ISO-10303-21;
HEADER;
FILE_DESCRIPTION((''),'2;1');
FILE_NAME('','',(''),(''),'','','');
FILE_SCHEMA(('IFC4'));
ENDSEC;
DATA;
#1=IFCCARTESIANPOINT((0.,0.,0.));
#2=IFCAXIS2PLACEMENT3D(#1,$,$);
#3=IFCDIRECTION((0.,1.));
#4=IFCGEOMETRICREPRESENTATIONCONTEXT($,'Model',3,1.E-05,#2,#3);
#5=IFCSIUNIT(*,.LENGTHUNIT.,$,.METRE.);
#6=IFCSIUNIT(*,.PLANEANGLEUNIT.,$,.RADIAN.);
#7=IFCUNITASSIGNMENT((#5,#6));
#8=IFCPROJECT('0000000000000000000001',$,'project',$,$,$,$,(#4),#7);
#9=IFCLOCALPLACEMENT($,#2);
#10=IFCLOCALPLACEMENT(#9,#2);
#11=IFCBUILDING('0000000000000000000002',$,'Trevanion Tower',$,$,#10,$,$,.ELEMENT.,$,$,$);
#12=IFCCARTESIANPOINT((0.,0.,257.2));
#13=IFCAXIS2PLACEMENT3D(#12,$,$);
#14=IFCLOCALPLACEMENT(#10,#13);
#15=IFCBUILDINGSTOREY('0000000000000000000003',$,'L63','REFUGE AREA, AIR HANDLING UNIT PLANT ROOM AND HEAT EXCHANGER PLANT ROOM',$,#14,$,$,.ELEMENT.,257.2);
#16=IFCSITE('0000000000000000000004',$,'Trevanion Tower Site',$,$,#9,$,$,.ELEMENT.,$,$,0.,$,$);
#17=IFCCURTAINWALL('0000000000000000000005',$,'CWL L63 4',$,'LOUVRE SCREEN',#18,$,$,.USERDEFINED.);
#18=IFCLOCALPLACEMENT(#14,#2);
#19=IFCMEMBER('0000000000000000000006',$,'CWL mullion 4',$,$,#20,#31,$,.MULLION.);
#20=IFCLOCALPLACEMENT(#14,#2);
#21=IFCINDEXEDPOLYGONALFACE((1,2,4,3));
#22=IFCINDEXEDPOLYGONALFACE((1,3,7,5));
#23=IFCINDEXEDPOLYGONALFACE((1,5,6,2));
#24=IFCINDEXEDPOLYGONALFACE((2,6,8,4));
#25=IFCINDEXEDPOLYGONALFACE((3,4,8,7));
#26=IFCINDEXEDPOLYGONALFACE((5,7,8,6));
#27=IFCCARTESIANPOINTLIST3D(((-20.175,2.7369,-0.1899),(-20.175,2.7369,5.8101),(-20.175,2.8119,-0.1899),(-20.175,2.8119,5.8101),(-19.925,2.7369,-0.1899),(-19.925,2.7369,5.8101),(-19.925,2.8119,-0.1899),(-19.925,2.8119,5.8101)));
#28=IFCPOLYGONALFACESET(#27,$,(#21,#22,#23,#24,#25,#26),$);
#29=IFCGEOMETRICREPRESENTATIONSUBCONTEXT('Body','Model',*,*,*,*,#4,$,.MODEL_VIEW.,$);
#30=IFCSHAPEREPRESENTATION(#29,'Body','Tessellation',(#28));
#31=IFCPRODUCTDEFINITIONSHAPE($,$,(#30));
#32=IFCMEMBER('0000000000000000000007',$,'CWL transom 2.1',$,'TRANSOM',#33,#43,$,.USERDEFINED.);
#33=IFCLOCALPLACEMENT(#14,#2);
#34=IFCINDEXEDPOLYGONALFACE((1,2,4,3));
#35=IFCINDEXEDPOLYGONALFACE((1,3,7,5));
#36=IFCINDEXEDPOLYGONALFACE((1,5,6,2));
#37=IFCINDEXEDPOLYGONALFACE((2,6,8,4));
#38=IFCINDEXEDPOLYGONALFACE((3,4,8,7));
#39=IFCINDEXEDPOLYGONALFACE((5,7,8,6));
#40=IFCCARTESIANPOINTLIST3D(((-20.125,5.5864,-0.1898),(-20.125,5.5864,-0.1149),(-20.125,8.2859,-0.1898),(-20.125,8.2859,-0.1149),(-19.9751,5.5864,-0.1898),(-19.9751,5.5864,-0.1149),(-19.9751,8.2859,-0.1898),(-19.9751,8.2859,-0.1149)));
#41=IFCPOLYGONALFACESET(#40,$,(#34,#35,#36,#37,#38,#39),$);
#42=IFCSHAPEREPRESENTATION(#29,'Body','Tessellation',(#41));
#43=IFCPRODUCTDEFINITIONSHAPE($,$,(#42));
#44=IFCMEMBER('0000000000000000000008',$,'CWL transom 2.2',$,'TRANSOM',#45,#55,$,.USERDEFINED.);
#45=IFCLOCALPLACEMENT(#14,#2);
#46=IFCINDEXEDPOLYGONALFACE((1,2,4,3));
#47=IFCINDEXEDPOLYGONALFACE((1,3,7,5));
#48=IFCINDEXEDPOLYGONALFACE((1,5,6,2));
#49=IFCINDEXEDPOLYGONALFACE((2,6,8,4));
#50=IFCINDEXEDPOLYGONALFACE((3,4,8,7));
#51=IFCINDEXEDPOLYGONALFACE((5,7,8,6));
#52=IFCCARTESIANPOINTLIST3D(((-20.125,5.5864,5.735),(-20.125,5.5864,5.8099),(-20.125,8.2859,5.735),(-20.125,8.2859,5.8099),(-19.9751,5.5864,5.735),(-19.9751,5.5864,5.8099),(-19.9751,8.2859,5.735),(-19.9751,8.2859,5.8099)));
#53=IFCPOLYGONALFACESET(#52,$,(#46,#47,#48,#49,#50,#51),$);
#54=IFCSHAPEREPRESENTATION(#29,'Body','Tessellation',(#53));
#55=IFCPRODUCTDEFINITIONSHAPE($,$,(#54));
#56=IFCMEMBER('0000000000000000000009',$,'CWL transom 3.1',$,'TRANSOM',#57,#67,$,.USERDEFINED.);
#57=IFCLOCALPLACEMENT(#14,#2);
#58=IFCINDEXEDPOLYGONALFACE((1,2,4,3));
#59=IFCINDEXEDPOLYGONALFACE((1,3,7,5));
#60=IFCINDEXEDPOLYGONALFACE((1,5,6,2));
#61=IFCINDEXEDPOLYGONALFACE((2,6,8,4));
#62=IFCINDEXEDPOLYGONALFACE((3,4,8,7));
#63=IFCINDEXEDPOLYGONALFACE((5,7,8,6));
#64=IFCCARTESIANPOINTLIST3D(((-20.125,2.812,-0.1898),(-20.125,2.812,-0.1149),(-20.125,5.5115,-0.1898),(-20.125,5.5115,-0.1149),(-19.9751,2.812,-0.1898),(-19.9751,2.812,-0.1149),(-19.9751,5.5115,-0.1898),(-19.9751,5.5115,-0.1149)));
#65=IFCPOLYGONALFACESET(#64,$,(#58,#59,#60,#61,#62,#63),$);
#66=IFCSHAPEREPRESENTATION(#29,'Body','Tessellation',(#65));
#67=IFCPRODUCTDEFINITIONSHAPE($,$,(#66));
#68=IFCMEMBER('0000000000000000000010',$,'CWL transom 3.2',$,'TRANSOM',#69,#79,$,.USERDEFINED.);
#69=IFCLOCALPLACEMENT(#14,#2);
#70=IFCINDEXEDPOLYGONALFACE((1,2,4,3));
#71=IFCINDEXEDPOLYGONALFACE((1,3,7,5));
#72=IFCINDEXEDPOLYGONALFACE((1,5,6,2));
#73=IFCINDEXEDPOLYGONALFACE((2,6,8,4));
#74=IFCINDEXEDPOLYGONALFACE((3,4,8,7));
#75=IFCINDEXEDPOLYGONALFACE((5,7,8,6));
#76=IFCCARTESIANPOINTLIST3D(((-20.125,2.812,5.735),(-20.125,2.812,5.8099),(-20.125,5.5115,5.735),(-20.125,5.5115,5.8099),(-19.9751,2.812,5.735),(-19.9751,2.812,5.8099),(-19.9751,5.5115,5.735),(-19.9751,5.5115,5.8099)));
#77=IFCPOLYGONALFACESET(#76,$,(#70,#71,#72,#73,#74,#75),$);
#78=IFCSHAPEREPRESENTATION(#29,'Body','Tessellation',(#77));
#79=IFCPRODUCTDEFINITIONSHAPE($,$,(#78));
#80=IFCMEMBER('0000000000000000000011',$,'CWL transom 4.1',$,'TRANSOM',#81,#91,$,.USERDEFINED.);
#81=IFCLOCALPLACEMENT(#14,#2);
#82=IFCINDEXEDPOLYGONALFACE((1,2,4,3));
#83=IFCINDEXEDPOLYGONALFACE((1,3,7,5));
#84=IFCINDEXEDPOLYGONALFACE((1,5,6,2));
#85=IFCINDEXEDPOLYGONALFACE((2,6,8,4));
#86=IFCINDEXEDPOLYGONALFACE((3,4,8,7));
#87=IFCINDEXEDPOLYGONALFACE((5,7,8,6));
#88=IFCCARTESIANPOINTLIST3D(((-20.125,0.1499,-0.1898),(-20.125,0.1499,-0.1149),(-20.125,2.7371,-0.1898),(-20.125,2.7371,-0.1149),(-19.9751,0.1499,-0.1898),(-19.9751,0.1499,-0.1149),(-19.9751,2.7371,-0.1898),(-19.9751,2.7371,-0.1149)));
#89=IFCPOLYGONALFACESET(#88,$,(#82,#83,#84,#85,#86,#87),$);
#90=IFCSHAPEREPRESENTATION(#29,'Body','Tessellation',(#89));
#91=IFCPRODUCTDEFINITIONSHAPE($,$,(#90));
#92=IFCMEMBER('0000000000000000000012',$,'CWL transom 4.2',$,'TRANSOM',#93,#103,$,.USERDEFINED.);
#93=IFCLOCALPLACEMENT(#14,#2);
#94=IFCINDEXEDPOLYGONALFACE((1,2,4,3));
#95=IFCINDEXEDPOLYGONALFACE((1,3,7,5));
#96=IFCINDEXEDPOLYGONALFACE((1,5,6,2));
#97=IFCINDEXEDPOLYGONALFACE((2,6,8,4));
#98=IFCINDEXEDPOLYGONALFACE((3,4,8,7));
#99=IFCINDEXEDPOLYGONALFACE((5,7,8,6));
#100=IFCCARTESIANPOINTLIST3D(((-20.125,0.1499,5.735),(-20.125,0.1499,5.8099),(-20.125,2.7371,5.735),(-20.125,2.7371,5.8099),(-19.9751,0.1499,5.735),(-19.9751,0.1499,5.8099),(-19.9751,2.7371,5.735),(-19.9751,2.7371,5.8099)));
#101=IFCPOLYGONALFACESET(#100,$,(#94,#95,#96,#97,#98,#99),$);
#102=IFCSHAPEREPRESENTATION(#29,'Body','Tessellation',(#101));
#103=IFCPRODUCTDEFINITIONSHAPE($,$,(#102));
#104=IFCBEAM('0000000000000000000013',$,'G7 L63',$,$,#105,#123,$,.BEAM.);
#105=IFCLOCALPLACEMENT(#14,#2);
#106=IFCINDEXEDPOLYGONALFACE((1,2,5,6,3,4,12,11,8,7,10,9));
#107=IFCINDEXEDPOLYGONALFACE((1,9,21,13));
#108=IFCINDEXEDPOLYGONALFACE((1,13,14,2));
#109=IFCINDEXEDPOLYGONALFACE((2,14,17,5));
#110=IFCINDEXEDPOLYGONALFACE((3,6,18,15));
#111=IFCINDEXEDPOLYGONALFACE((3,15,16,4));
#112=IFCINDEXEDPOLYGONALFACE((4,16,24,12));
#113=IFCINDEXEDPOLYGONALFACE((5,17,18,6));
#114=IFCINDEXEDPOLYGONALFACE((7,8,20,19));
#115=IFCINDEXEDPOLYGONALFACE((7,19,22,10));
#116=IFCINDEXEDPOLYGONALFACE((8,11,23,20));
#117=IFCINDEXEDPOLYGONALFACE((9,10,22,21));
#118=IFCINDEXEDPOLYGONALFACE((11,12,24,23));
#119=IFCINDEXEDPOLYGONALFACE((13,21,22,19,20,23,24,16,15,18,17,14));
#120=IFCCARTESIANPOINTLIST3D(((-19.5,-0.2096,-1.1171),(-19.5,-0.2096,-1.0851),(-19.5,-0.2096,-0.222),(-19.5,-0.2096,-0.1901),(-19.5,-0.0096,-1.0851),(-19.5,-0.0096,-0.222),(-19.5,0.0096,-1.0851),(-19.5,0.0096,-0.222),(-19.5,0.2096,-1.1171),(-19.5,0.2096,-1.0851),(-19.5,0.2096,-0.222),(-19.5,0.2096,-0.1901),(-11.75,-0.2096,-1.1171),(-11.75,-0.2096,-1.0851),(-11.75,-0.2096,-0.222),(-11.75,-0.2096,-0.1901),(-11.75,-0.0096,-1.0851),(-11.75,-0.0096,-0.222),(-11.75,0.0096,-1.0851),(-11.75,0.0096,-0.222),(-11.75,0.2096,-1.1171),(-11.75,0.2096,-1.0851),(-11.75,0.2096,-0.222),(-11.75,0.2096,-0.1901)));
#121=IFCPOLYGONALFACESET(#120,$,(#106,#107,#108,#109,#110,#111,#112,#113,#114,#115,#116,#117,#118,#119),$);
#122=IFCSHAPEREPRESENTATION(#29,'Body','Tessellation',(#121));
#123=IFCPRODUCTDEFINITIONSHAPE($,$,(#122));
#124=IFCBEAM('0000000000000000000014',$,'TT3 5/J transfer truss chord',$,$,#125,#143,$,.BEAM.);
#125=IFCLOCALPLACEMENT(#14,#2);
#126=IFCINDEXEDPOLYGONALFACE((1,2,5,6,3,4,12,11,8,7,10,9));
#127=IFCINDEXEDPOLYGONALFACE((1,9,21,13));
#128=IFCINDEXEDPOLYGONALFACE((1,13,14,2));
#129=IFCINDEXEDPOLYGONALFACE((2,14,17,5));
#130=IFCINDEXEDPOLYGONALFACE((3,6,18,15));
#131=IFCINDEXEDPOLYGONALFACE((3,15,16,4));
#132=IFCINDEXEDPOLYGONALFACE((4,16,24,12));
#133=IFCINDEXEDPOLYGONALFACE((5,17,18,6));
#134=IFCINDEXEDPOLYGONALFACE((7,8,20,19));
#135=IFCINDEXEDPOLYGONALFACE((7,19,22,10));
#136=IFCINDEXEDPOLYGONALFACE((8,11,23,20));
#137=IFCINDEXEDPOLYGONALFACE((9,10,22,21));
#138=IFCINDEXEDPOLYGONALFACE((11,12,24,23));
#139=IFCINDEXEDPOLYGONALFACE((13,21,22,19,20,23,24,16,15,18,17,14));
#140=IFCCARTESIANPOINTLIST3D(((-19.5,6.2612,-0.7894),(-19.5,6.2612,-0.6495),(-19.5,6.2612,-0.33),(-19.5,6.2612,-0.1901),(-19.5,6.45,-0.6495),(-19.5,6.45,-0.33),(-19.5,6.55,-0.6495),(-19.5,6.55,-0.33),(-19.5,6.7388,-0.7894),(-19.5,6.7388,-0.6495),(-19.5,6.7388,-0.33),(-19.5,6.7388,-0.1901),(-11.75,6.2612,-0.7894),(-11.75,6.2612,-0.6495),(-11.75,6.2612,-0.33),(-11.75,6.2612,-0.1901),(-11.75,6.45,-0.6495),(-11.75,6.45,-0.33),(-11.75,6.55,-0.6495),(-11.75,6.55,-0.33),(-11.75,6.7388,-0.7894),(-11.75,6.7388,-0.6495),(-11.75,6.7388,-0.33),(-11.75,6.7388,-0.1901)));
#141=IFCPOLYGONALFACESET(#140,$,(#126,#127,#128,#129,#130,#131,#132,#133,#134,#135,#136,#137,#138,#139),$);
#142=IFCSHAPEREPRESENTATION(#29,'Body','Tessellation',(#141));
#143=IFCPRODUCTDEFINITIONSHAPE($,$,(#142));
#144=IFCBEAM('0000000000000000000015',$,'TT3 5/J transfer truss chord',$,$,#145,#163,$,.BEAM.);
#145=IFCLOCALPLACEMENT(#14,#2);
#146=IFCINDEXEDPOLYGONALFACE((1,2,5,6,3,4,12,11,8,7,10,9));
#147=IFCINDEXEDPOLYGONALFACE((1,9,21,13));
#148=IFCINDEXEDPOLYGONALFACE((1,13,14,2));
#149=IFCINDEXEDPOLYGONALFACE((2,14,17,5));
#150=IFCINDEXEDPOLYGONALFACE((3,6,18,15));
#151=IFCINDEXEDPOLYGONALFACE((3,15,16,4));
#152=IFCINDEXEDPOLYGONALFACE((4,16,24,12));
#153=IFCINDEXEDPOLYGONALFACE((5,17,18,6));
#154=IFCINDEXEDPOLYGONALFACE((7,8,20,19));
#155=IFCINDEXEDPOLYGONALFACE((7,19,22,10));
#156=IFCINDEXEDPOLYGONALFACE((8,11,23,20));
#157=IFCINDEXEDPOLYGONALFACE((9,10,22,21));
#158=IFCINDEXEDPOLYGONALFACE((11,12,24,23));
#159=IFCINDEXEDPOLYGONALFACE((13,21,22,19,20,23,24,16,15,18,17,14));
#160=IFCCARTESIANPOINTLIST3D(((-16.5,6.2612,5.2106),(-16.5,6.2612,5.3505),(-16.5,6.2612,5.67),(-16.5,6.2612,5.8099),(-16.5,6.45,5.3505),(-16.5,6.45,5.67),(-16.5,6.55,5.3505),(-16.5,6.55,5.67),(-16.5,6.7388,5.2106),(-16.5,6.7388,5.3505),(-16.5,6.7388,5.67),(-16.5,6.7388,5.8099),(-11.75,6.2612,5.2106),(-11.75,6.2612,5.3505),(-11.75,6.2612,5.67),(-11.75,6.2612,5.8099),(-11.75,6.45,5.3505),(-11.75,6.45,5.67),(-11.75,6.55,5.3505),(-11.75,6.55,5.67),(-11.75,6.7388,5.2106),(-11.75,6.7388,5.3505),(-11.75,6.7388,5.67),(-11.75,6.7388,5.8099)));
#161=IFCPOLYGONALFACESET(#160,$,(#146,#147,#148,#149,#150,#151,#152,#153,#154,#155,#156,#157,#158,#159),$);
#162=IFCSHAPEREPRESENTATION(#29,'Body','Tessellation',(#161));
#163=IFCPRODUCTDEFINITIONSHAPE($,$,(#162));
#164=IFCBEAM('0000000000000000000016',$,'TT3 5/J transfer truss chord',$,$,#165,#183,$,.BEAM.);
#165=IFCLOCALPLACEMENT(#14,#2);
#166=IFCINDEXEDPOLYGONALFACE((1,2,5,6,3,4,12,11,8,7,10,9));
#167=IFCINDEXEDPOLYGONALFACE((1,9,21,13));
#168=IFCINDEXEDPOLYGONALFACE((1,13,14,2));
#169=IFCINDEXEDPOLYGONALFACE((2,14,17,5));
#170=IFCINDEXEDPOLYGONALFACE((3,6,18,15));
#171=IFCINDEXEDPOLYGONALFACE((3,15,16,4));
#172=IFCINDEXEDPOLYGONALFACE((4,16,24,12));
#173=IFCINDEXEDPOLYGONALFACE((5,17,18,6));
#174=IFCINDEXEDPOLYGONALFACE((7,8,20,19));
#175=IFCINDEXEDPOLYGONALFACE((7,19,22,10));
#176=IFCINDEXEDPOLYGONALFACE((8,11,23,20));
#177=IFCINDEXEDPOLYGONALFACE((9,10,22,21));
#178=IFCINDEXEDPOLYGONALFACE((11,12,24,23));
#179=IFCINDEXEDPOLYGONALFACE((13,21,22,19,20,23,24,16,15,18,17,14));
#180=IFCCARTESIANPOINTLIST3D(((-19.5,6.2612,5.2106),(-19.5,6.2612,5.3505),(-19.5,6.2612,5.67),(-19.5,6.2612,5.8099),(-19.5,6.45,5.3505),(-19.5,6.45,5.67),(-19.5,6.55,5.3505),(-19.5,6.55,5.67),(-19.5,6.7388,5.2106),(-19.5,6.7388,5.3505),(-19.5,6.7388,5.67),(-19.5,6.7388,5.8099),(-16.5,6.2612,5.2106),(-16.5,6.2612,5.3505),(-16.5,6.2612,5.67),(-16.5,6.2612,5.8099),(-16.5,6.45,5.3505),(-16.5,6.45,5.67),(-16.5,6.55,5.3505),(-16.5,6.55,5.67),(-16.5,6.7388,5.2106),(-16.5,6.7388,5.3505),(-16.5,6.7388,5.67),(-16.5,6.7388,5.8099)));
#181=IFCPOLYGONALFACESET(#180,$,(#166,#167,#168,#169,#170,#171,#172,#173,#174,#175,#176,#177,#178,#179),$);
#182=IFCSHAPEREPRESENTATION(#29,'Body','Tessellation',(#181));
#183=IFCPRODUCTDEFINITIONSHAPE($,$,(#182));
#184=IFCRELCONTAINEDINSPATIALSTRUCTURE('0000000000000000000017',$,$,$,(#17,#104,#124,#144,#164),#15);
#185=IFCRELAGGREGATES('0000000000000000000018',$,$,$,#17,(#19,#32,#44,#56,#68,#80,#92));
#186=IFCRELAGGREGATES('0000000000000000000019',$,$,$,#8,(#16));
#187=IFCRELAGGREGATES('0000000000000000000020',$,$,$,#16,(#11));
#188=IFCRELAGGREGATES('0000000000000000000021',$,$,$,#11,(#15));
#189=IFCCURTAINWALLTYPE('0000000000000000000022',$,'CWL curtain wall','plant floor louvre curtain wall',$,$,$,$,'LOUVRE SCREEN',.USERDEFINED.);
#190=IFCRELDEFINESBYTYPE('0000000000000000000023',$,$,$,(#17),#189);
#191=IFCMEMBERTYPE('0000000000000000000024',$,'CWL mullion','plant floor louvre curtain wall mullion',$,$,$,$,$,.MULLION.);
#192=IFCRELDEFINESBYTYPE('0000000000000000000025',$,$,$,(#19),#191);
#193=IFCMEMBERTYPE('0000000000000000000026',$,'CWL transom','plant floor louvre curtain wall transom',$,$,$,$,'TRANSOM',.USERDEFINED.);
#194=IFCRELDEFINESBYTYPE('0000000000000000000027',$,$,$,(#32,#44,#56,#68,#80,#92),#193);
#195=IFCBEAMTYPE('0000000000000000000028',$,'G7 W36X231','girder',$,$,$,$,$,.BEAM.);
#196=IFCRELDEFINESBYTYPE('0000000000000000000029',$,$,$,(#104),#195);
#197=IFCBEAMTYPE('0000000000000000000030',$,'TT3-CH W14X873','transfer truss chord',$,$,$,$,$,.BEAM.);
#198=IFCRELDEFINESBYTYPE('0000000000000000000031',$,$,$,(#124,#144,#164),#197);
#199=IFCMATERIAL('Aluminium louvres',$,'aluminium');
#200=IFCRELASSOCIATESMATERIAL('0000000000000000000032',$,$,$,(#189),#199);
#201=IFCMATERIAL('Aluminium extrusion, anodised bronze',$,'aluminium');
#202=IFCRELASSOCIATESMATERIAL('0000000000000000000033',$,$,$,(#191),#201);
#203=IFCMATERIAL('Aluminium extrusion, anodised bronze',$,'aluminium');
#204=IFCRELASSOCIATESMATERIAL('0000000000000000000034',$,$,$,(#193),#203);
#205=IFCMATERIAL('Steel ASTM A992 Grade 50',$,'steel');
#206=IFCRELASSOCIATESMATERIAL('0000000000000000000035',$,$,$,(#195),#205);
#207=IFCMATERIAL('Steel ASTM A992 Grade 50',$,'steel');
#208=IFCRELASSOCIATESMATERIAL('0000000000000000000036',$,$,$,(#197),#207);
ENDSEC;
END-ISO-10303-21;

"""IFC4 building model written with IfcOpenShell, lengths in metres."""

from ifc_helpers import new_model, si_unit, direction, frame, origin, origin_2d, place, context, subcontext, project, spatial, rectangle, i_section, extrude, material, material_profile, profile_set, type_object, element, aggregate, save


model = new_model("IFC4")

# Units and contexts
model_context = context("Model", 3, precision=1e-05, world=origin(), true_north=direction((0.0, 1.0)))
body_context = subcontext(model_context, "Body", "Model", "MODEL_VIEW")
ifc_project = project(units=[si_unit("LENGTHUNIT", "METRE"), si_unit("PLANEANGLEUNIT", "RADIAN")], contexts=[model_context])

# Site, building, storey
site_placement = place(None, origin())
site = spatial("IfcSite", under=ifc_project, at=site_placement, Name="Trevanion Tower Site", CompositionType="ELEMENT", RefElevation=0.0)
building_placement = place(site_placement, origin())
building = spatial("IfcBuilding", under=site, at=building_placement, Name="Trevanion Tower", CompositionType="ELEMENT")
storey_placement = place(building_placement, frame((0.0, 0.0, 257.2)))
storey = spatial("IfcBuildingStorey", under=building, at=storey_placement, Name="L63", Description="REFUGE AREA, AIR HANDLING UNIT PLANT ROOM AND HEAT EXCHANGER PLANT ROOM", CompositionType="ELEMENT", Elevation=257.2)

# Curtain wall, members
ifc_material_1 = material(Name="Aluminium louvres", Category="aluminium")
curtain_wall_type = type_object("IfcCurtainWallType", Name="CWL curtain wall", Description="plant floor louvre curtain wall", ElementType="LOUVRE SCREEN", PredefinedType="USERDEFINED", material=ifc_material_1)
curtain_wall_placement = place(storey_placement, origin())
curtain_wall = element("IfcCurtainWall", 1, at=curtain_wall_placement, inside=storey, type_object=curtain_wall_type, Name="CWL L63 4", ObjectType="LOUVRE SCREEN", PredefinedType="USERDEFINED")
ifc_material_2 = material(Name="Aluminium extrusion, anodised bronze", Category="aluminium")
ifc_material_profile_1 = material_profile(ifc_material_2, rectangle(XDim=0.075, YDim=0.25, at=origin_2d()), Name="CWL mullion")
ifc_profile_set_1 = profile_set([ifc_material_profile_1], Name="Aluminium extrusion, anodised bronze")
member_type_1 = type_object("IfcMemberType", Name="CWL mullion", Description="plant floor louvre curtain wall mullion", PredefinedType="MULLION", material=ifc_profile_set_1)
member_1_placement = place(storey_placement, frame((-20.05, 2.7744, -0.1899), z_axis=(0.0, 0.0, 1.0), x_axis=(0.0, -1.0, 0.0)))
member_1 = element("IfcMember", 2, at=member_1_placement, type_object=member_type_1, Name="CWL mullion 4", PredefinedType="MULLION", context=body_context, shape_type="SweptSolid", body=[
    extrude(rectangle(XDim=0.075, YDim=0.25, at=origin_2d()), origin(), (0.0, 0.0, 1.0), 6.0),
])
ifc_material_3 = material(Name="Aluminium extrusion, anodised bronze", Category="aluminium")
ifc_material_profile_2 = material_profile(ifc_material_3, rectangle(XDim=0.1499, YDim=0.075, at=origin_2d()), Name="CWL transom")
ifc_profile_set_2 = profile_set([ifc_material_profile_2], Name="Aluminium extrusion, anodised bronze")
member_type_2 = type_object("IfcMemberType", Name="CWL transom", Description="plant floor louvre curtain wall transom", ElementType="TRANSOM", PredefinedType="USERDEFINED", material=ifc_profile_set_2)
member_2_placement = place(storey_placement, frame((-20.05, 8.2859, -0.1523), z_axis=(0.0, -1.0, 0.0), x_axis=(1.0, 0.0, 0.0)))
member_2 = element("IfcMember", 3, at=member_2_placement, type_object=member_type_2, Name="CWL transom 2.1", ObjectType="TRANSOM", PredefinedType="USERDEFINED", context=body_context, shape_type="SweptSolid", body=[
    extrude(rectangle(XDim=0.1499, YDim=0.075, at=origin_2d()), origin(), (0.0, 0.0, 1.0), 2.6995),
])
member_3_placement = place(storey_placement, frame((-20.05, 8.2859, 5.7725), z_axis=(0.0, -1.0, 0.0), x_axis=(1.0, 0.0, 0.0)))
member_3 = element("IfcMember", 4, at=member_3_placement, type_object=member_type_2, Name="CWL transom 2.2", ObjectType="TRANSOM", PredefinedType="USERDEFINED", context=body_context, shape_type="SweptSolid", body=[
    extrude(rectangle(XDim=0.1499, YDim=0.075, at=origin_2d()), origin(), (0.0, 0.0, 1.0), 2.6995),
])
member_4_placement = place(storey_placement, frame((-20.05, 5.5115, -0.1523), z_axis=(0.0, -1.0, 0.0), x_axis=(1.0, 0.0, 0.0)))
member_4 = element("IfcMember", 5, at=member_4_placement, type_object=member_type_2, Name="CWL transom 3.1", ObjectType="TRANSOM", PredefinedType="USERDEFINED", context=body_context, shape_type="SweptSolid", body=[
    extrude(rectangle(XDim=0.1499, YDim=0.075, at=origin_2d()), origin(), (0.0, 0.0, 1.0), 2.6995),
])
member_5_placement = place(storey_placement, frame((-20.05, 5.5115, 5.7725), z_axis=(0.0, -1.0, 0.0), x_axis=(1.0, 0.0, 0.0)))
member_5 = element("IfcMember", 6, at=member_5_placement, type_object=member_type_2, Name="CWL transom 3.2", ObjectType="TRANSOM", PredefinedType="USERDEFINED", context=body_context, shape_type="SweptSolid", body=[
    extrude(rectangle(XDim=0.1499, YDim=0.075, at=origin_2d()), origin(), (0.0, 0.0, 1.0), 2.6995),
])
member_6_placement = place(storey_placement, frame((-20.05, 2.7371, -0.1523), z_axis=(0.0, -1.0, 0.0), x_axis=(1.0, 0.0, 0.0)))
member_6 = element("IfcMember", 7, at=member_6_placement, type_object=member_type_2, Name="CWL transom 4.1", ObjectType="TRANSOM", PredefinedType="USERDEFINED", context=body_context, shape_type="SweptSolid", body=[
    extrude(rectangle(XDim=0.1499, YDim=0.075, at=origin_2d()), origin(), (0.0, 0.0, 1.0), 2.5872),
])
member_7_placement = place(storey_placement, frame((-20.05, 2.7371, 5.7725), z_axis=(0.0, -1.0, 0.0), x_axis=(1.0, 0.0, 0.0)))
member_7 = element("IfcMember", 8, at=member_7_placement, type_object=member_type_2, Name="CWL transom 4.2", ObjectType="TRANSOM", PredefinedType="USERDEFINED", context=body_context, shape_type="SweptSolid", body=[
    extrude(rectangle(XDim=0.1499, YDim=0.075, at=origin_2d()), origin(), (0.0, 0.0, 1.0), 2.5872),
])

# Beams
ifc_material_4 = material(Name="Steel ASTM A992 Grade 50", Category="steel")
ifc_material_profile_3 = material_profile(ifc_material_4, i_section(OverallWidth=0.4192, OverallDepth=0.927, WebThickness=0.0193, FlangeThickness=0.032, at=origin_2d()), Name="W36X231")
ifc_profile_set_3 = profile_set([ifc_material_profile_3], Name="Steel ASTM A992 Grade 50")
beam_type_1 = type_object("IfcBeamType", Name="G7 W36X231", Description="girder", PredefinedType="BEAM", material=ifc_profile_set_3)
beam_1_placement = place(storey_placement, frame((-11.75, 0.0, -0.6536), z_axis=(-1.0, 0.0, 0.0), x_axis=(0.0, -1.0, 0.0)))
element("IfcBeam", 9, at=beam_1_placement, inside=storey, type_object=beam_type_1, Name="G7 L63", PredefinedType="BEAM", context=body_context, shape_type="SweptSolid", body=[
    extrude(i_section(OverallWidth=0.4192, OverallDepth=0.927, WebThickness=0.0193, FlangeThickness=0.032, at=origin_2d()), origin(), (0.0, 0.0, 1.0), 7.75),
])
ifc_material_5 = material(Name="Steel ASTM A992 Grade 50", Category="steel")
ifc_material_profile_4 = material_profile(ifc_material_5, i_section(OverallWidth=0.4775, OverallDepth=0.5994, WebThickness=0.1001, FlangeThickness=0.1399, at=origin_2d()), Name="W14X873")
ifc_profile_set_4 = profile_set([ifc_material_profile_4], Name="Steel ASTM A992 Grade 50")
beam_type_2 = type_object("IfcBeamType", Name="TT3-CH W14X873", Description="transfer truss chord", PredefinedType="BEAM", material=ifc_profile_set_4)
beam_2_placement = place(storey_placement, frame((-11.75, 6.5, -0.4897), z_axis=(-1.0, 0.0, 0.0), x_axis=(0.0, -1.0, 0.0)))
element("IfcBeam", 10, at=beam_2_placement, inside=storey, type_object=beam_type_2, Name="TT3 5/J transfer truss chord", PredefinedType="BEAM", context=body_context, shape_type="SweptSolid", body=[
    extrude(i_section(OverallWidth=0.4775, OverallDepth=0.5994, WebThickness=0.1001, FlangeThickness=0.1399, at=origin_2d()), origin(), (0.0, 0.0, 1.0), 7.75),
])
beam_3_placement = place(storey_placement, frame((-11.75, 6.5, 5.5103), z_axis=(-1.0, 0.0, 0.0), x_axis=(0.0, -1.0, 0.0)))
element("IfcBeam", 11, at=beam_3_placement, inside=storey, type_object=beam_type_2, Name="TT3 5/J transfer truss chord", PredefinedType="BEAM", context=body_context, shape_type="SweptSolid", body=[
    extrude(i_section(OverallWidth=0.4775, OverallDepth=0.5994, WebThickness=0.1001, FlangeThickness=0.1399, at=origin_2d()), origin(), (0.0, 0.0, 1.0), 4.75),
])
beam_4_placement = place(storey_placement, frame((-16.5, 6.5, 5.5103), z_axis=(-1.0, 0.0, 0.0), x_axis=(0.0, -1.0, 0.0)))
element("IfcBeam", 12, at=beam_4_placement, inside=storey, type_object=beam_type_2, Name="TT3 5/J transfer truss chord", PredefinedType="BEAM", context=body_context, shape_type="SweptSolid", body=[
    extrude(i_section(OverallWidth=0.4775, OverallDepth=0.5994, WebThickness=0.1001, FlangeThickness=0.1399, at=origin_2d()), origin(), (0.0, 0.0, 1.0), 3.0),
])

aggregate(curtain_wall, [member_1, member_2, member_3, member_4, member_5, member_6, member_7])

save(model, "model.ifc")
